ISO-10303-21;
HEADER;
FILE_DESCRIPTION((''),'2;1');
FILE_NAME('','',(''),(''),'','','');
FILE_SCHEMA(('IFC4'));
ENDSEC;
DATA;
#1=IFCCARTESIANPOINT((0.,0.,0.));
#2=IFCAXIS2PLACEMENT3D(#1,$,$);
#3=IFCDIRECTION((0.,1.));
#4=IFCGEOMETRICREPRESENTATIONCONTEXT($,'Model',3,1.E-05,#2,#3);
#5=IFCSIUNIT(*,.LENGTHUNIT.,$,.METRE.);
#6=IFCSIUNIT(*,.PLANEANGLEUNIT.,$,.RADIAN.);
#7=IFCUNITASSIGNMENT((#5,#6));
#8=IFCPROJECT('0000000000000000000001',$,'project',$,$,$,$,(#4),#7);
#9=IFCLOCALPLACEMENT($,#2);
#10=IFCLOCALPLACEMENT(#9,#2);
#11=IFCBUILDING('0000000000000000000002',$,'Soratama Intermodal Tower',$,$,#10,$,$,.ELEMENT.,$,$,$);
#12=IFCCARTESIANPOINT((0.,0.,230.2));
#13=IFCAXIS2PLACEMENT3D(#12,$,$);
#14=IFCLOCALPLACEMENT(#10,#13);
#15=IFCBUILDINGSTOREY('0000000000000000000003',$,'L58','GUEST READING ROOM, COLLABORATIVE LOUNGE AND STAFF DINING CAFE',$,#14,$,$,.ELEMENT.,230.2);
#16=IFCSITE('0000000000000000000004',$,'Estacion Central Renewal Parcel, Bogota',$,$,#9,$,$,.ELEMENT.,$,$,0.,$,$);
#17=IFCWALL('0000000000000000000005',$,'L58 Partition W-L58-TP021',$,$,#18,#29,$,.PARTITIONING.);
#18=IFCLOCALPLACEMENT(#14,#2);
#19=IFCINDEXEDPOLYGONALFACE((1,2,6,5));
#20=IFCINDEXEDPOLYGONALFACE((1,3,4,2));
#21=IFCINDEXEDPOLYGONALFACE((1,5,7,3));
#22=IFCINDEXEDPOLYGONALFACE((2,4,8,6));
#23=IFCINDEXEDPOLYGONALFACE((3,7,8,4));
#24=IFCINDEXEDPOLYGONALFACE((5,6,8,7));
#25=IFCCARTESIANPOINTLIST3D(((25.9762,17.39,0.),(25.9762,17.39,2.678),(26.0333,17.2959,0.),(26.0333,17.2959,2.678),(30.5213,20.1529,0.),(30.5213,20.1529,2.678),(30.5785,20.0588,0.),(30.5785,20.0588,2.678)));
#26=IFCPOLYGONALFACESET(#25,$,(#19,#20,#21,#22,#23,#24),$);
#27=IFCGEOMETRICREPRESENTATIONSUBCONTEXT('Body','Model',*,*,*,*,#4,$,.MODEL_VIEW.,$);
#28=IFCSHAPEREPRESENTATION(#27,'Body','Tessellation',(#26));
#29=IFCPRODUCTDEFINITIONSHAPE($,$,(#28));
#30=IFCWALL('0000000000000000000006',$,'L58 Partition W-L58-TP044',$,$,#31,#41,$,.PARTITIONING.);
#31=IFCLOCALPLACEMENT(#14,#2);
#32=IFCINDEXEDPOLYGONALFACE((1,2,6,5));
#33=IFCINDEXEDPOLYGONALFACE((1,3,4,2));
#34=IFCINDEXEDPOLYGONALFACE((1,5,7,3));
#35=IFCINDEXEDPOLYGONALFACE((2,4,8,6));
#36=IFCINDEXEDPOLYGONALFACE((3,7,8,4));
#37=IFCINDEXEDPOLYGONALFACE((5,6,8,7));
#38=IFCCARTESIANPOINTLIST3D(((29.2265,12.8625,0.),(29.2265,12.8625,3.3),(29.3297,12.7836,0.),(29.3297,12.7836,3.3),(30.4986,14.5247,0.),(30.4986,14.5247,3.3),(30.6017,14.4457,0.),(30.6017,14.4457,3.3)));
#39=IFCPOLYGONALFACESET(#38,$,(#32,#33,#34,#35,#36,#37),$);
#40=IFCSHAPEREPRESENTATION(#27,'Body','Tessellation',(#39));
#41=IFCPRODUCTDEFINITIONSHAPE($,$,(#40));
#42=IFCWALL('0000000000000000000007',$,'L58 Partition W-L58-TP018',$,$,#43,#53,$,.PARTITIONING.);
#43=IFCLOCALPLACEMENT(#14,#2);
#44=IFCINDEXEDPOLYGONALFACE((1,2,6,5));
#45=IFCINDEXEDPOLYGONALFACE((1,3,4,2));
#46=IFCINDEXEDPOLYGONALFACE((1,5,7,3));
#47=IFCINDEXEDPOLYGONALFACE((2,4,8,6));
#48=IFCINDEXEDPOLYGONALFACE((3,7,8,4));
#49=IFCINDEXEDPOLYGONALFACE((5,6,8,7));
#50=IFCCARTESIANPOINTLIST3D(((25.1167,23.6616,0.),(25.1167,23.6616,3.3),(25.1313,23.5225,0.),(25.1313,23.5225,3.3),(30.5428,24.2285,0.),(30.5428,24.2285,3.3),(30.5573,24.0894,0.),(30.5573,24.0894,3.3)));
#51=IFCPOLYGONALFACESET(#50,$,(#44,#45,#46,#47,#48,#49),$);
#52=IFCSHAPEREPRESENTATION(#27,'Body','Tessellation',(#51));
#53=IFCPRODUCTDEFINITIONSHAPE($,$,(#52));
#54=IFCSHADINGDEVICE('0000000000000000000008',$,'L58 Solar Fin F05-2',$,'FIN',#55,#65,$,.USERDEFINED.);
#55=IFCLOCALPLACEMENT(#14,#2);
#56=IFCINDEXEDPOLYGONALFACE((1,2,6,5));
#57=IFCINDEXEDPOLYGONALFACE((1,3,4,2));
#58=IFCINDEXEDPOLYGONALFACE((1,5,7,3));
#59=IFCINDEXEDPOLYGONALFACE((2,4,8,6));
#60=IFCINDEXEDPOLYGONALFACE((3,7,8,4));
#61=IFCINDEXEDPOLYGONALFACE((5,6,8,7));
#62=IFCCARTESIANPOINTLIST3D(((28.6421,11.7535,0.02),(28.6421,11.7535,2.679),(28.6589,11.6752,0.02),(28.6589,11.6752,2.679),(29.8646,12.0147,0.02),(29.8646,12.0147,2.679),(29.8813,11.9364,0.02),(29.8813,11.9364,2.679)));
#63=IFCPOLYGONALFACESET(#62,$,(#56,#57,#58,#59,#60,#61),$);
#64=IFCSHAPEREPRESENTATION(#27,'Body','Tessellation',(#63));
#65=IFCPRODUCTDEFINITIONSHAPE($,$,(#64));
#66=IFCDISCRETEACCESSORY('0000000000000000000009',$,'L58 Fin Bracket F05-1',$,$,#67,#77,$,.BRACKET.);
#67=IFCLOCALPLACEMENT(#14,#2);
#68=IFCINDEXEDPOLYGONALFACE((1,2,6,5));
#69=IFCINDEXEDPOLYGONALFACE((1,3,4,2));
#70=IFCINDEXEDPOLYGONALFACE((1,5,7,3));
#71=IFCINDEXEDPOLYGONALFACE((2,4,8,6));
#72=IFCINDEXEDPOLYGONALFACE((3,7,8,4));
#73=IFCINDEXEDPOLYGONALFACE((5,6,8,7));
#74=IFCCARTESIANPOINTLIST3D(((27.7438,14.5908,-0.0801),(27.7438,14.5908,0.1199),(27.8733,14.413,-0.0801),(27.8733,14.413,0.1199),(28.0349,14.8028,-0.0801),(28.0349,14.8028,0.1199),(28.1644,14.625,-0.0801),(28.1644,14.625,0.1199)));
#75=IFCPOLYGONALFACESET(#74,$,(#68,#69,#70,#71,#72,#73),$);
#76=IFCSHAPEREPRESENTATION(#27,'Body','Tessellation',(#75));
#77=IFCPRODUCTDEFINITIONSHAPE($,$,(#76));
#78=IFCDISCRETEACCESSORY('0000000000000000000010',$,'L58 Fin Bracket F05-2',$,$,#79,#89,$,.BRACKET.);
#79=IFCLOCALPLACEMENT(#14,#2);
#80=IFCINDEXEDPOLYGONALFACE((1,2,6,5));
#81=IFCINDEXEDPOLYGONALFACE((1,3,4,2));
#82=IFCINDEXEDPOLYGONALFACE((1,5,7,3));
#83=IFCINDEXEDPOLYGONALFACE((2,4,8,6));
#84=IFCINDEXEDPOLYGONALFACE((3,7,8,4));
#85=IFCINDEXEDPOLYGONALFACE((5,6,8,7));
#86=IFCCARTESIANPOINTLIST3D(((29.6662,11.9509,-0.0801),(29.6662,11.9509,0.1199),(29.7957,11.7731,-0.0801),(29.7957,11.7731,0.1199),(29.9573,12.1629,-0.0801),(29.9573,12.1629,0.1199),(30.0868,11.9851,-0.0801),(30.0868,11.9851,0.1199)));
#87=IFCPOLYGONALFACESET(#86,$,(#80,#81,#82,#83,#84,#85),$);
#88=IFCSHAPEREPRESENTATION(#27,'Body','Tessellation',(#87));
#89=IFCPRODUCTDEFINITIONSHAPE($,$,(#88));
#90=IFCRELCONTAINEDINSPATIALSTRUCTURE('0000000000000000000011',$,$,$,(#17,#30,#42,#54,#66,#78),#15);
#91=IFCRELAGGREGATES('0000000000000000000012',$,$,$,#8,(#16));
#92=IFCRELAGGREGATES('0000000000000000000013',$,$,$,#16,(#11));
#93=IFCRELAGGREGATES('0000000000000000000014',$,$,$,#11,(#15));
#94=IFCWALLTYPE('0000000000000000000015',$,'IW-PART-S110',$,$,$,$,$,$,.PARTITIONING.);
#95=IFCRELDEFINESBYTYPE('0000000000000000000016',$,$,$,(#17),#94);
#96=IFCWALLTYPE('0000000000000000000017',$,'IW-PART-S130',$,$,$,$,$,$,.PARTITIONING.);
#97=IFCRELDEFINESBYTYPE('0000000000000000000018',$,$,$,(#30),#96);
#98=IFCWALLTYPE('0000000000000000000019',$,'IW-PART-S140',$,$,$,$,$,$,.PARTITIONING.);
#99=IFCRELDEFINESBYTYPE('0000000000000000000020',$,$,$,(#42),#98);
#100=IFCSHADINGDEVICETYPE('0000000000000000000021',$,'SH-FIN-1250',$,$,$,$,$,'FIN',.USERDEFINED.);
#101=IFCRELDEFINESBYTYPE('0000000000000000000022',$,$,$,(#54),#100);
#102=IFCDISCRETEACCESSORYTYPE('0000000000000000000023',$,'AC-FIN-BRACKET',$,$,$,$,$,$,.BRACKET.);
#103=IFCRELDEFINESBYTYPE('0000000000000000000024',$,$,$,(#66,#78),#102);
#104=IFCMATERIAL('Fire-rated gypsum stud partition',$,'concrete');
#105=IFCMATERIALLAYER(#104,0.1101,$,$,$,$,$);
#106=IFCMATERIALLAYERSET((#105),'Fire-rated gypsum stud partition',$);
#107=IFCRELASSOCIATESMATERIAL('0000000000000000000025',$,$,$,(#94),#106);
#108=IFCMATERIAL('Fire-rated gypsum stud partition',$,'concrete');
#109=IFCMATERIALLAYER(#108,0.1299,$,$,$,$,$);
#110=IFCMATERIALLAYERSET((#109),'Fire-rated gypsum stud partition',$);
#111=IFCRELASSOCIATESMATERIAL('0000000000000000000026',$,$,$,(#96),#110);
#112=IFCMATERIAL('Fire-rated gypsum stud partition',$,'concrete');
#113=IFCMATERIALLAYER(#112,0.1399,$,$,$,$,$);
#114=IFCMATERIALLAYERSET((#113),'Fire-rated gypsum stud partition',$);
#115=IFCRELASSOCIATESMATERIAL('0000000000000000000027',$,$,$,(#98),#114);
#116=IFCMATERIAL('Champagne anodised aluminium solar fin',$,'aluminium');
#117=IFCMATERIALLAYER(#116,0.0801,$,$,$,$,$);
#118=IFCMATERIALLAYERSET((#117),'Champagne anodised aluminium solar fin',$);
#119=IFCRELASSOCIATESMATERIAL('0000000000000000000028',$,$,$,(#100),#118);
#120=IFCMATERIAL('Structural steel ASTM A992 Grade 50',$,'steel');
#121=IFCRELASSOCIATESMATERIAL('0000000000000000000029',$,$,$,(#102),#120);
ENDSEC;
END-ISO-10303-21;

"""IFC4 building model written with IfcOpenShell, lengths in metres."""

from ifc_helpers import new_model, si_unit, direction, frame, frame_2d, origin, origin_2d, place, context, subcontext, project, spatial, rectangle, extrude, material, layer, layer_set, type_object, element, save


model = new_model("IFC4")

# Units and contexts
model_context = context("Model", 3, precision=1e-05, world=origin(), true_north=direction((0.0, 1.0)))
body_context = subcontext(model_context, "Body", "Model", "MODEL_VIEW")
ifc_project = project(units=[si_unit("LENGTHUNIT", "METRE"), si_unit("PLANEANGLEUNIT", "RADIAN")], contexts=[model_context])

# Site, building, storey
site_placement = place(None, origin())
site = spatial("IfcSite", under=ifc_project, at=site_placement, Name="Estacion Central Renewal Parcel, Bogota", CompositionType="ELEMENT", RefElevation=0.0)
building_placement = place(site_placement, origin())
building = spatial("IfcBuilding", under=site, at=building_placement, Name="Soratama Intermodal Tower", CompositionType="ELEMENT")
storey_placement = place(building_placement, frame((0.0, 0.0, 230.2)))
storey = spatial("IfcBuildingStorey", under=building, at=storey_placement, Name="L58", Description="GUEST READING ROOM, COLLABORATIVE LOUNGE AND STAFF DINING CAFE", CompositionType="ELEMENT", Elevation=230.2)

# Walls
ifc_material_1 = material(Name="Fire-rated gypsum stud partition", Category="concrete")
ifc_layer_1 = layer(ifc_material_1, 0.1101)
ifc_layer_set_1 = layer_set([ifc_layer_1], Name="Fire-rated gypsum stud partition")
wall_type_1 = type_object("IfcWallType", Name="IW-PART-S110", PredefinedType="PARTITIONING", material=ifc_layer_set_1)
wall_1_placement = place(storey_placement, frame((30.55, 20.106, 0.0), z_axis=(0.0, 0.0, 1.0), x_axis=(-0.854506, -0.519442, 0.0)))
element("IfcWall", 1, at=wall_1_placement, inside=storey, type_object=wall_type_1, Name="L58 Partition W-L58-TP021", PredefinedType="PARTITIONING", context=body_context, shape_type="SweptSolid", body=[
    extrude(rectangle(XDim=5.3191, YDim=0.1101, at=frame_2d((2.6597, 0.0))), origin(), (0.0, 0.0, 1.0), 2.678),
])
ifc_material_2 = material(Name="Fire-rated gypsum stud partition", Category="concrete")
ifc_layer_2 = layer(ifc_material_2, 0.1299)
ifc_layer_set_2 = layer_set([ifc_layer_2], Name="Fire-rated gypsum stud partition")
wall_type_2 = type_object("IfcWallType", Name="IW-PART-S130", PredefinedType="PARTITIONING", material=ifc_layer_set_2)
wall_2_placement = place(storey_placement, frame((30.55, 14.4851, 0.0), z_axis=(0.0, 0.0, 1.0), x_axis=(-0.607736, -0.794139, 0.0)))
element("IfcWall", 2, at=wall_2_placement, inside=storey, type_object=wall_type_2, Name="L58 Partition W-L58-TP044", PredefinedType="PARTITIONING", context=body_context, shape_type="SweptSolid", body=[
    extrude(rectangle(XDim=2.093, YDim=0.1299, at=frame_2d((1.0464, 0.0))), origin(), (0.0, 0.0, 1.0), 3.3),
])
ifc_material_3 = material(Name="Fire-rated gypsum stud partition", Category="concrete")
ifc_layer_3 = layer(ifc_material_3, 0.1399)
ifc_layer_set_3 = layer_set([ifc_layer_3], Name="Fire-rated gypsum stud partition")
wall_type_3 = type_object("IfcWallType", Name="IW-PART-S140", PredefinedType="PARTITIONING", material=ifc_layer_set_3)
wall_3_placement = place(storey_placement, frame((30.55, 24.1589, 0.0), z_axis=(0.0, 0.0, 1.0), x_axis=(-0.994587, -0.103911, 0.0)))
element("IfcWall", 3, at=wall_3_placement, inside=storey, type_object=wall_type_3, Name="L58 Partition W-L58-TP018", PredefinedType="PARTITIONING", context=body_context, shape_type="SweptSolid", body=[
    extrude(rectangle(XDim=5.4556, YDim=0.1399, at=frame_2d((2.7278, 0.0))), origin(), (0.0, 0.0, 1.0), 3.3),
])

# Shading device
ifc_material_4 = material(Name="Champagne anodised aluminium solar fin", Category="aluminium")
ifc_layer_4 = layer(ifc_material_4, 0.0801)
ifc_layer_set_4 = layer_set([ifc_layer_4], Name="Champagne anodised aluminium solar fin")
shading_device_type = type_object("IfcShadingDeviceType", Name="SH-FIN-1250", ElementType="FIN", PredefinedType="USERDEFINED", material=ifc_layer_set_4)
shading_device_placement = place(storey_placement, frame((29.2617, 11.845, 0.02), z_axis=(0.0, 0.0, 1.0), x_axis=(-0.977929, -0.208936, 0.0)))
element("IfcShadingDevice", 4, at=shading_device_placement, inside=storey, type_object=shading_device_type, Name="L58 Solar Fin F05-2", ObjectType="FIN", PredefinedType="USERDEFINED", context=body_context, shape_type="SweptSolid", body=[
    extrude(rectangle(XDim=1.25, YDim=0.0801, at=origin_2d()), origin(), (0.0, 0.0, 1.0), 2.6589),
])

# Discrete accessories
ifc_material_5 = material(Name="Structural steel ASTM A992 Grade 50", Category="steel")
discrete_accessory_type = type_object("IfcDiscreteAccessoryType", Name="AC-FIN-BRACKET", PredefinedType="BRACKET", material=ifc_material_5)
for number, where, z_axis, x_axis, name in (
    (5, (27.9541, 14.6079, -0.0801), (0.0, 0.0, 1.0), (-0.808401, -0.588632, 0.0), "L58 Fin Bracket F05-1"),
    (6, (29.8765, 11.968, -0.0801), (0.0, 0.0, 1.0), (-0.808401, -0.588632, 0.0), "L58 Fin Bracket F05-2"),
):
    element("IfcDiscreteAccessory", number, at=place(storey_placement, frame(where, z_axis=z_axis, x_axis=x_axis)), inside=storey, type_object=discrete_accessory_type, Name=name, PredefinedType="BRACKET", context=body_context, shape_type="SweptSolid", body=[
        extrude(rectangle(XDim=0.3601, YDim=0.22, at=origin_2d()), origin(), (0.0, 0.0, 1.0), 0.2),
    ])

save(model, "model.ifc")
